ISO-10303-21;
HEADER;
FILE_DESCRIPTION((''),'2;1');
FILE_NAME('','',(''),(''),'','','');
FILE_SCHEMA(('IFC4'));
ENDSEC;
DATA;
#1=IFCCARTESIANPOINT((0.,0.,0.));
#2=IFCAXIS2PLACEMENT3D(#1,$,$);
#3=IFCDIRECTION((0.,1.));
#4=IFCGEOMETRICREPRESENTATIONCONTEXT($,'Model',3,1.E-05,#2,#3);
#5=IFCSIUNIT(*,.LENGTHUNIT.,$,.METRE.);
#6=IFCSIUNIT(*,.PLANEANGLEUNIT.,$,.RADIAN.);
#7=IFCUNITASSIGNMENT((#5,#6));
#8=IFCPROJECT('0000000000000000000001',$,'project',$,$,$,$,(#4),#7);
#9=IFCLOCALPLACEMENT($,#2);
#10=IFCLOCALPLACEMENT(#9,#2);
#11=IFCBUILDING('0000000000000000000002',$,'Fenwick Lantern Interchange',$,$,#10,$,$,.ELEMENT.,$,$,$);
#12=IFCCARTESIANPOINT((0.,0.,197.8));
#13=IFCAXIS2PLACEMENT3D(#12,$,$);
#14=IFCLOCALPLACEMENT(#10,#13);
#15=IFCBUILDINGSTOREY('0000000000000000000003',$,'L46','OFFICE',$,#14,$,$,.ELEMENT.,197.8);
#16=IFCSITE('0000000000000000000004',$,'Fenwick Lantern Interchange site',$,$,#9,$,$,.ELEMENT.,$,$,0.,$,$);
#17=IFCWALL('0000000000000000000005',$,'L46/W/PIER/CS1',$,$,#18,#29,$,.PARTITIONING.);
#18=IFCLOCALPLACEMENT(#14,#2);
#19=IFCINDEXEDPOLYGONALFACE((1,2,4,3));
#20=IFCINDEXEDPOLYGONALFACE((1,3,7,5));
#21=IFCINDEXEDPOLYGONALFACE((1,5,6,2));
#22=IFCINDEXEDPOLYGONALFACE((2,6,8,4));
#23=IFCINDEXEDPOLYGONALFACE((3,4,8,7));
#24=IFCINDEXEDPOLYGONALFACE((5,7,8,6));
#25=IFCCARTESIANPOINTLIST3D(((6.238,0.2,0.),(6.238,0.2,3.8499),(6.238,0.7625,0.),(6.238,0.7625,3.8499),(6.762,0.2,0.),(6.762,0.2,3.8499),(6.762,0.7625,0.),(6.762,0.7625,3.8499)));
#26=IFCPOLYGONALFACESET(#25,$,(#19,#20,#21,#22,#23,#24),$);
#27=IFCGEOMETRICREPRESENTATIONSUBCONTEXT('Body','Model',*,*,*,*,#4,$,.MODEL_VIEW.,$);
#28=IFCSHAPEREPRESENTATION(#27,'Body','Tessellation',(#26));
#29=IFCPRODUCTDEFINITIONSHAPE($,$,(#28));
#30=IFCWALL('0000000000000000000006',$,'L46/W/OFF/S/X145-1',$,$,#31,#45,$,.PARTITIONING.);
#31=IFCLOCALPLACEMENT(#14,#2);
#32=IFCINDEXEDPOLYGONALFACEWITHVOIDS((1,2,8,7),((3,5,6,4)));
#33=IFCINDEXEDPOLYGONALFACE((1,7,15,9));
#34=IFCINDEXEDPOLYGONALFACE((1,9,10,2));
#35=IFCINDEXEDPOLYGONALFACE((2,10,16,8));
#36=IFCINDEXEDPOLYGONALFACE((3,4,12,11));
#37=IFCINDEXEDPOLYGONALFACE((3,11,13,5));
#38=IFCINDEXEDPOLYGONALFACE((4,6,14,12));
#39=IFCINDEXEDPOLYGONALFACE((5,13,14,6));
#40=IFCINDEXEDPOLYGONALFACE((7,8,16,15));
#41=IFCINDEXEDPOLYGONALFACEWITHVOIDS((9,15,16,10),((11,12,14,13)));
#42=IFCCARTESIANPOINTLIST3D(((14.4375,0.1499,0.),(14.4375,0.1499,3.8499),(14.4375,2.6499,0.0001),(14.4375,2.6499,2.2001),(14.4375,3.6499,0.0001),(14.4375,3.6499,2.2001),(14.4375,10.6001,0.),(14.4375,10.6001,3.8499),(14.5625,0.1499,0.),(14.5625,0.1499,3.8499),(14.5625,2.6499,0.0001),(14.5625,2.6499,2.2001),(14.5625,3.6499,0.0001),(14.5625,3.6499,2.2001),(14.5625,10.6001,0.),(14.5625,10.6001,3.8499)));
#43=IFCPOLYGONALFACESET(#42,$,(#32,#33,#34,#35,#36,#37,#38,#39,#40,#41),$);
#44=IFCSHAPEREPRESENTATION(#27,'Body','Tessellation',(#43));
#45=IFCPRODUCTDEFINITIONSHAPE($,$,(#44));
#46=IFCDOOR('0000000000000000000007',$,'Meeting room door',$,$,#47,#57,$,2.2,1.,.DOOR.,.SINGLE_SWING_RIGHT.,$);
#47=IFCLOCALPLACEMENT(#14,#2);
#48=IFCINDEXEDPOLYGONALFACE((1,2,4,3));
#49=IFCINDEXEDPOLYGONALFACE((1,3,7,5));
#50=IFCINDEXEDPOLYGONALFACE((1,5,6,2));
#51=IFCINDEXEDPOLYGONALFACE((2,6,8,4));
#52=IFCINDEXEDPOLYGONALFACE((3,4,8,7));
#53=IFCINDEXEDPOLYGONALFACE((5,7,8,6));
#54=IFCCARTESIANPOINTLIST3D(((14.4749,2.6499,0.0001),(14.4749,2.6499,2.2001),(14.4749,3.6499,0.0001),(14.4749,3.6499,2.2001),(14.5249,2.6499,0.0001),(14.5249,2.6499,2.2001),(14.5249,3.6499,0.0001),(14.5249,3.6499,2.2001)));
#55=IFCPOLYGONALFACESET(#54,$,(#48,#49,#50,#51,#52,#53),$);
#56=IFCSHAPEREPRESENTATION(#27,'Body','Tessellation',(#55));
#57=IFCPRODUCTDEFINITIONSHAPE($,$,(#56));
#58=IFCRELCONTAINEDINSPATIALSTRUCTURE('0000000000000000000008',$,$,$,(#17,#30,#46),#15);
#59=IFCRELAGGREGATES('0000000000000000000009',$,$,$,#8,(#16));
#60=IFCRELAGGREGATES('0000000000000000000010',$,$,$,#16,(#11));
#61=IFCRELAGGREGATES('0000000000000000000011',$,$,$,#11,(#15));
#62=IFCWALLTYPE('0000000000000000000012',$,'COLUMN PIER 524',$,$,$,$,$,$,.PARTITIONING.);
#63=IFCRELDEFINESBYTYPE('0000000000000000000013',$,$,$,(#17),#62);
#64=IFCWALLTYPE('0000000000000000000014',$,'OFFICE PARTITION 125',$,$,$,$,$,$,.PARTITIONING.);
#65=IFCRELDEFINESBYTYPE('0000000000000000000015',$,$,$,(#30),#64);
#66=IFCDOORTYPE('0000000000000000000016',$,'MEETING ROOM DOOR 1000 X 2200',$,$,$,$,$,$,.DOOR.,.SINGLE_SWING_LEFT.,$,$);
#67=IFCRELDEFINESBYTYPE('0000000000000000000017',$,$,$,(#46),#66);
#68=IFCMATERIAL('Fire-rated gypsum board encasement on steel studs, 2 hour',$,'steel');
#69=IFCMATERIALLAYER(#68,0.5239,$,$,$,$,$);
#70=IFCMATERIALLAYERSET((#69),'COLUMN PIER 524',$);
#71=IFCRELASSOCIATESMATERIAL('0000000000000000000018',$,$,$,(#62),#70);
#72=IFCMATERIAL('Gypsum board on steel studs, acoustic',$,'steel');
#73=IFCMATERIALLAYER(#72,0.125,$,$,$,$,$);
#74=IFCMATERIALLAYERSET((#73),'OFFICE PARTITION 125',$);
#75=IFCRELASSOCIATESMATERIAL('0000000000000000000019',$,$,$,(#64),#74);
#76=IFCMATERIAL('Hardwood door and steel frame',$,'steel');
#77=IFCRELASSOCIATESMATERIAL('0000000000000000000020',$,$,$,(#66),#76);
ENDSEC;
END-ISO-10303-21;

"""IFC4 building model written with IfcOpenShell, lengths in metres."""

from ifc_helpers import new_model, si_unit, direction, frame, frame_2d, origin, place, context, subcontext, project, spatial, rectangle, extrude, material, layer, layer_set, type_object, element, fill, save


model = new_model("IFC4")

# Units and contexts
model_context = context("Model", 3, precision=1e-05, world=origin(), true_north=direction((0.0, 1.0)))
body_context = subcontext(model_context, "Body", "Model", "MODEL_VIEW")
ifc_project = project(units=[si_unit("LENGTHUNIT", "METRE"), si_unit("PLANEANGLEUNIT", "RADIAN")], contexts=[model_context])

# Site, building, storey
site_placement = place(None, origin())
site = spatial("IfcSite", under=ifc_project, at=site_placement, Name="Fenwick Lantern Interchange site", CompositionType="ELEMENT", RefElevation=0.0)
building_placement = place(site_placement, origin())
building = spatial("IfcBuilding", under=site, at=building_placement, Name="Fenwick Lantern Interchange", CompositionType="ELEMENT")
storey_placement = place(building_placement, frame((0.0, 0.0, 197.8)))
storey = spatial("IfcBuildingStorey", under=building, at=storey_placement, Name="L46", Description="OFFICE", CompositionType="ELEMENT", Elevation=197.8)

# Wall
ifc_material_1 = material(Name="Fire-rated gypsum board encasement on steel studs, 2 hour", Category="steel")
ifc_layer_1 = layer(ifc_material_1, 0.5239)
ifc_layer_set_1 = layer_set([ifc_layer_1], Name="COLUMN PIER 524")
wall_type_1 = type_object("IfcWallType", Name="COLUMN PIER 524", PredefinedType="PARTITIONING", material=ifc_layer_set_1)
wall_1_placement = place(storey_placement, frame((6.5, 0.2, 0.0), z_axis=(0.0, 0.0, 1.0), x_axis=(0.0, 1.0, 0.0)))
element("IfcWall", 1, at=wall_1_placement, inside=storey, type_object=wall_type_1, Name="L46/W/PIER/CS1", PredefinedType="PARTITIONING", context=body_context, shape_type="SweptSolid", body=[
    extrude(rectangle(XDim=0.5625, YDim=0.5239, at=frame_2d((0.2812, 0.0))), origin(), (0.0, 0.0, 1.0), 3.8499),
])

# Wall, opening, door
ifc_material_2 = material(Name="Gypsum board on steel studs, acoustic", Category="steel")
ifc_layer_2 = layer(ifc_material_2, 0.125)
ifc_layer_set_2 = layer_set([ifc_layer_2], Name="OFFICE PARTITION 125")
wall_type_2 = type_object("IfcWallType", Name="OFFICE PARTITION 125", PredefinedType="PARTITIONING", material=ifc_layer_set_2)
wall_2_placement = place(storey_placement, frame((14.5, 0.1499, 0.0), z_axis=(0.0, 0.0, 1.0), x_axis=(0.0, 1.0, 0.0)))
wall_2 = element("IfcWall", 2, at=wall_2_placement, inside=storey, type_object=wall_type_2, Name="L46/W/OFF/S/X145-1", PredefinedType="PARTITIONING", context=body_context, shape_type="SweptSolid", body=[
    extrude(rectangle(XDim=10.4502, YDim=0.125, at=frame_2d((5.2251, 0.0))), origin(), (0.0, 0.0, 1.0), 3.8499),
])
opening_placement = place(wall_2_placement, frame((2.5, 0.0, 0.0)))
opening = element("IfcOpeningElement", 3, at=opening_placement, cuts=wall_2, PredefinedType="OPENING", context=body_context, shape_type="SweptSolid", body=[
    extrude(rectangle(XDim=1.0, YDim=2.2, at=frame_2d((0.5, 1.1001))), frame((0.0, 0.0725, 0.0), z_axis=(0.0, -1.0, 0.0), x_axis=(1.0, 0.0, 0.0)), (0.0, 0.0, 1.0), 0.145),
])
ifc_material_3 = material(Name="Hardwood door and steel frame", Category="steel")
door_type = type_object("IfcDoorType", Name="MEETING ROOM DOOR 1000 X 2200", OperationType="SINGLE_SWING_LEFT", PredefinedType="DOOR", material=ifc_material_3)
door_placement = place(opening_placement, frame((1.0, 0.0, 0.0), z_axis=(0.0, 0.0, 1.0), x_axis=(-1.0, 0.0, 0.0)))
door = element("IfcDoor", 4, at=door_placement, inside=storey, type_object=door_type, Name="Meeting room door", OperationType="SINGLE_SWING_RIGHT", OverallHeight=2.2, OverallWidth=1.0, PredefinedType="DOOR", context=body_context, shape_type="SweptSolid", body=[
    extrude(rectangle(XDim=1.0, YDim=2.2, at=frame_2d((0.5, 1.1001))), frame((0.0, 0.0249, 0.0), z_axis=(0.0, -1.0, 0.0), x_axis=(1.0, 0.0, 0.0)), (0.0, 0.0, 1.0), 0.05),
])
fill(opening, door)

save(model, "model.ifc")
